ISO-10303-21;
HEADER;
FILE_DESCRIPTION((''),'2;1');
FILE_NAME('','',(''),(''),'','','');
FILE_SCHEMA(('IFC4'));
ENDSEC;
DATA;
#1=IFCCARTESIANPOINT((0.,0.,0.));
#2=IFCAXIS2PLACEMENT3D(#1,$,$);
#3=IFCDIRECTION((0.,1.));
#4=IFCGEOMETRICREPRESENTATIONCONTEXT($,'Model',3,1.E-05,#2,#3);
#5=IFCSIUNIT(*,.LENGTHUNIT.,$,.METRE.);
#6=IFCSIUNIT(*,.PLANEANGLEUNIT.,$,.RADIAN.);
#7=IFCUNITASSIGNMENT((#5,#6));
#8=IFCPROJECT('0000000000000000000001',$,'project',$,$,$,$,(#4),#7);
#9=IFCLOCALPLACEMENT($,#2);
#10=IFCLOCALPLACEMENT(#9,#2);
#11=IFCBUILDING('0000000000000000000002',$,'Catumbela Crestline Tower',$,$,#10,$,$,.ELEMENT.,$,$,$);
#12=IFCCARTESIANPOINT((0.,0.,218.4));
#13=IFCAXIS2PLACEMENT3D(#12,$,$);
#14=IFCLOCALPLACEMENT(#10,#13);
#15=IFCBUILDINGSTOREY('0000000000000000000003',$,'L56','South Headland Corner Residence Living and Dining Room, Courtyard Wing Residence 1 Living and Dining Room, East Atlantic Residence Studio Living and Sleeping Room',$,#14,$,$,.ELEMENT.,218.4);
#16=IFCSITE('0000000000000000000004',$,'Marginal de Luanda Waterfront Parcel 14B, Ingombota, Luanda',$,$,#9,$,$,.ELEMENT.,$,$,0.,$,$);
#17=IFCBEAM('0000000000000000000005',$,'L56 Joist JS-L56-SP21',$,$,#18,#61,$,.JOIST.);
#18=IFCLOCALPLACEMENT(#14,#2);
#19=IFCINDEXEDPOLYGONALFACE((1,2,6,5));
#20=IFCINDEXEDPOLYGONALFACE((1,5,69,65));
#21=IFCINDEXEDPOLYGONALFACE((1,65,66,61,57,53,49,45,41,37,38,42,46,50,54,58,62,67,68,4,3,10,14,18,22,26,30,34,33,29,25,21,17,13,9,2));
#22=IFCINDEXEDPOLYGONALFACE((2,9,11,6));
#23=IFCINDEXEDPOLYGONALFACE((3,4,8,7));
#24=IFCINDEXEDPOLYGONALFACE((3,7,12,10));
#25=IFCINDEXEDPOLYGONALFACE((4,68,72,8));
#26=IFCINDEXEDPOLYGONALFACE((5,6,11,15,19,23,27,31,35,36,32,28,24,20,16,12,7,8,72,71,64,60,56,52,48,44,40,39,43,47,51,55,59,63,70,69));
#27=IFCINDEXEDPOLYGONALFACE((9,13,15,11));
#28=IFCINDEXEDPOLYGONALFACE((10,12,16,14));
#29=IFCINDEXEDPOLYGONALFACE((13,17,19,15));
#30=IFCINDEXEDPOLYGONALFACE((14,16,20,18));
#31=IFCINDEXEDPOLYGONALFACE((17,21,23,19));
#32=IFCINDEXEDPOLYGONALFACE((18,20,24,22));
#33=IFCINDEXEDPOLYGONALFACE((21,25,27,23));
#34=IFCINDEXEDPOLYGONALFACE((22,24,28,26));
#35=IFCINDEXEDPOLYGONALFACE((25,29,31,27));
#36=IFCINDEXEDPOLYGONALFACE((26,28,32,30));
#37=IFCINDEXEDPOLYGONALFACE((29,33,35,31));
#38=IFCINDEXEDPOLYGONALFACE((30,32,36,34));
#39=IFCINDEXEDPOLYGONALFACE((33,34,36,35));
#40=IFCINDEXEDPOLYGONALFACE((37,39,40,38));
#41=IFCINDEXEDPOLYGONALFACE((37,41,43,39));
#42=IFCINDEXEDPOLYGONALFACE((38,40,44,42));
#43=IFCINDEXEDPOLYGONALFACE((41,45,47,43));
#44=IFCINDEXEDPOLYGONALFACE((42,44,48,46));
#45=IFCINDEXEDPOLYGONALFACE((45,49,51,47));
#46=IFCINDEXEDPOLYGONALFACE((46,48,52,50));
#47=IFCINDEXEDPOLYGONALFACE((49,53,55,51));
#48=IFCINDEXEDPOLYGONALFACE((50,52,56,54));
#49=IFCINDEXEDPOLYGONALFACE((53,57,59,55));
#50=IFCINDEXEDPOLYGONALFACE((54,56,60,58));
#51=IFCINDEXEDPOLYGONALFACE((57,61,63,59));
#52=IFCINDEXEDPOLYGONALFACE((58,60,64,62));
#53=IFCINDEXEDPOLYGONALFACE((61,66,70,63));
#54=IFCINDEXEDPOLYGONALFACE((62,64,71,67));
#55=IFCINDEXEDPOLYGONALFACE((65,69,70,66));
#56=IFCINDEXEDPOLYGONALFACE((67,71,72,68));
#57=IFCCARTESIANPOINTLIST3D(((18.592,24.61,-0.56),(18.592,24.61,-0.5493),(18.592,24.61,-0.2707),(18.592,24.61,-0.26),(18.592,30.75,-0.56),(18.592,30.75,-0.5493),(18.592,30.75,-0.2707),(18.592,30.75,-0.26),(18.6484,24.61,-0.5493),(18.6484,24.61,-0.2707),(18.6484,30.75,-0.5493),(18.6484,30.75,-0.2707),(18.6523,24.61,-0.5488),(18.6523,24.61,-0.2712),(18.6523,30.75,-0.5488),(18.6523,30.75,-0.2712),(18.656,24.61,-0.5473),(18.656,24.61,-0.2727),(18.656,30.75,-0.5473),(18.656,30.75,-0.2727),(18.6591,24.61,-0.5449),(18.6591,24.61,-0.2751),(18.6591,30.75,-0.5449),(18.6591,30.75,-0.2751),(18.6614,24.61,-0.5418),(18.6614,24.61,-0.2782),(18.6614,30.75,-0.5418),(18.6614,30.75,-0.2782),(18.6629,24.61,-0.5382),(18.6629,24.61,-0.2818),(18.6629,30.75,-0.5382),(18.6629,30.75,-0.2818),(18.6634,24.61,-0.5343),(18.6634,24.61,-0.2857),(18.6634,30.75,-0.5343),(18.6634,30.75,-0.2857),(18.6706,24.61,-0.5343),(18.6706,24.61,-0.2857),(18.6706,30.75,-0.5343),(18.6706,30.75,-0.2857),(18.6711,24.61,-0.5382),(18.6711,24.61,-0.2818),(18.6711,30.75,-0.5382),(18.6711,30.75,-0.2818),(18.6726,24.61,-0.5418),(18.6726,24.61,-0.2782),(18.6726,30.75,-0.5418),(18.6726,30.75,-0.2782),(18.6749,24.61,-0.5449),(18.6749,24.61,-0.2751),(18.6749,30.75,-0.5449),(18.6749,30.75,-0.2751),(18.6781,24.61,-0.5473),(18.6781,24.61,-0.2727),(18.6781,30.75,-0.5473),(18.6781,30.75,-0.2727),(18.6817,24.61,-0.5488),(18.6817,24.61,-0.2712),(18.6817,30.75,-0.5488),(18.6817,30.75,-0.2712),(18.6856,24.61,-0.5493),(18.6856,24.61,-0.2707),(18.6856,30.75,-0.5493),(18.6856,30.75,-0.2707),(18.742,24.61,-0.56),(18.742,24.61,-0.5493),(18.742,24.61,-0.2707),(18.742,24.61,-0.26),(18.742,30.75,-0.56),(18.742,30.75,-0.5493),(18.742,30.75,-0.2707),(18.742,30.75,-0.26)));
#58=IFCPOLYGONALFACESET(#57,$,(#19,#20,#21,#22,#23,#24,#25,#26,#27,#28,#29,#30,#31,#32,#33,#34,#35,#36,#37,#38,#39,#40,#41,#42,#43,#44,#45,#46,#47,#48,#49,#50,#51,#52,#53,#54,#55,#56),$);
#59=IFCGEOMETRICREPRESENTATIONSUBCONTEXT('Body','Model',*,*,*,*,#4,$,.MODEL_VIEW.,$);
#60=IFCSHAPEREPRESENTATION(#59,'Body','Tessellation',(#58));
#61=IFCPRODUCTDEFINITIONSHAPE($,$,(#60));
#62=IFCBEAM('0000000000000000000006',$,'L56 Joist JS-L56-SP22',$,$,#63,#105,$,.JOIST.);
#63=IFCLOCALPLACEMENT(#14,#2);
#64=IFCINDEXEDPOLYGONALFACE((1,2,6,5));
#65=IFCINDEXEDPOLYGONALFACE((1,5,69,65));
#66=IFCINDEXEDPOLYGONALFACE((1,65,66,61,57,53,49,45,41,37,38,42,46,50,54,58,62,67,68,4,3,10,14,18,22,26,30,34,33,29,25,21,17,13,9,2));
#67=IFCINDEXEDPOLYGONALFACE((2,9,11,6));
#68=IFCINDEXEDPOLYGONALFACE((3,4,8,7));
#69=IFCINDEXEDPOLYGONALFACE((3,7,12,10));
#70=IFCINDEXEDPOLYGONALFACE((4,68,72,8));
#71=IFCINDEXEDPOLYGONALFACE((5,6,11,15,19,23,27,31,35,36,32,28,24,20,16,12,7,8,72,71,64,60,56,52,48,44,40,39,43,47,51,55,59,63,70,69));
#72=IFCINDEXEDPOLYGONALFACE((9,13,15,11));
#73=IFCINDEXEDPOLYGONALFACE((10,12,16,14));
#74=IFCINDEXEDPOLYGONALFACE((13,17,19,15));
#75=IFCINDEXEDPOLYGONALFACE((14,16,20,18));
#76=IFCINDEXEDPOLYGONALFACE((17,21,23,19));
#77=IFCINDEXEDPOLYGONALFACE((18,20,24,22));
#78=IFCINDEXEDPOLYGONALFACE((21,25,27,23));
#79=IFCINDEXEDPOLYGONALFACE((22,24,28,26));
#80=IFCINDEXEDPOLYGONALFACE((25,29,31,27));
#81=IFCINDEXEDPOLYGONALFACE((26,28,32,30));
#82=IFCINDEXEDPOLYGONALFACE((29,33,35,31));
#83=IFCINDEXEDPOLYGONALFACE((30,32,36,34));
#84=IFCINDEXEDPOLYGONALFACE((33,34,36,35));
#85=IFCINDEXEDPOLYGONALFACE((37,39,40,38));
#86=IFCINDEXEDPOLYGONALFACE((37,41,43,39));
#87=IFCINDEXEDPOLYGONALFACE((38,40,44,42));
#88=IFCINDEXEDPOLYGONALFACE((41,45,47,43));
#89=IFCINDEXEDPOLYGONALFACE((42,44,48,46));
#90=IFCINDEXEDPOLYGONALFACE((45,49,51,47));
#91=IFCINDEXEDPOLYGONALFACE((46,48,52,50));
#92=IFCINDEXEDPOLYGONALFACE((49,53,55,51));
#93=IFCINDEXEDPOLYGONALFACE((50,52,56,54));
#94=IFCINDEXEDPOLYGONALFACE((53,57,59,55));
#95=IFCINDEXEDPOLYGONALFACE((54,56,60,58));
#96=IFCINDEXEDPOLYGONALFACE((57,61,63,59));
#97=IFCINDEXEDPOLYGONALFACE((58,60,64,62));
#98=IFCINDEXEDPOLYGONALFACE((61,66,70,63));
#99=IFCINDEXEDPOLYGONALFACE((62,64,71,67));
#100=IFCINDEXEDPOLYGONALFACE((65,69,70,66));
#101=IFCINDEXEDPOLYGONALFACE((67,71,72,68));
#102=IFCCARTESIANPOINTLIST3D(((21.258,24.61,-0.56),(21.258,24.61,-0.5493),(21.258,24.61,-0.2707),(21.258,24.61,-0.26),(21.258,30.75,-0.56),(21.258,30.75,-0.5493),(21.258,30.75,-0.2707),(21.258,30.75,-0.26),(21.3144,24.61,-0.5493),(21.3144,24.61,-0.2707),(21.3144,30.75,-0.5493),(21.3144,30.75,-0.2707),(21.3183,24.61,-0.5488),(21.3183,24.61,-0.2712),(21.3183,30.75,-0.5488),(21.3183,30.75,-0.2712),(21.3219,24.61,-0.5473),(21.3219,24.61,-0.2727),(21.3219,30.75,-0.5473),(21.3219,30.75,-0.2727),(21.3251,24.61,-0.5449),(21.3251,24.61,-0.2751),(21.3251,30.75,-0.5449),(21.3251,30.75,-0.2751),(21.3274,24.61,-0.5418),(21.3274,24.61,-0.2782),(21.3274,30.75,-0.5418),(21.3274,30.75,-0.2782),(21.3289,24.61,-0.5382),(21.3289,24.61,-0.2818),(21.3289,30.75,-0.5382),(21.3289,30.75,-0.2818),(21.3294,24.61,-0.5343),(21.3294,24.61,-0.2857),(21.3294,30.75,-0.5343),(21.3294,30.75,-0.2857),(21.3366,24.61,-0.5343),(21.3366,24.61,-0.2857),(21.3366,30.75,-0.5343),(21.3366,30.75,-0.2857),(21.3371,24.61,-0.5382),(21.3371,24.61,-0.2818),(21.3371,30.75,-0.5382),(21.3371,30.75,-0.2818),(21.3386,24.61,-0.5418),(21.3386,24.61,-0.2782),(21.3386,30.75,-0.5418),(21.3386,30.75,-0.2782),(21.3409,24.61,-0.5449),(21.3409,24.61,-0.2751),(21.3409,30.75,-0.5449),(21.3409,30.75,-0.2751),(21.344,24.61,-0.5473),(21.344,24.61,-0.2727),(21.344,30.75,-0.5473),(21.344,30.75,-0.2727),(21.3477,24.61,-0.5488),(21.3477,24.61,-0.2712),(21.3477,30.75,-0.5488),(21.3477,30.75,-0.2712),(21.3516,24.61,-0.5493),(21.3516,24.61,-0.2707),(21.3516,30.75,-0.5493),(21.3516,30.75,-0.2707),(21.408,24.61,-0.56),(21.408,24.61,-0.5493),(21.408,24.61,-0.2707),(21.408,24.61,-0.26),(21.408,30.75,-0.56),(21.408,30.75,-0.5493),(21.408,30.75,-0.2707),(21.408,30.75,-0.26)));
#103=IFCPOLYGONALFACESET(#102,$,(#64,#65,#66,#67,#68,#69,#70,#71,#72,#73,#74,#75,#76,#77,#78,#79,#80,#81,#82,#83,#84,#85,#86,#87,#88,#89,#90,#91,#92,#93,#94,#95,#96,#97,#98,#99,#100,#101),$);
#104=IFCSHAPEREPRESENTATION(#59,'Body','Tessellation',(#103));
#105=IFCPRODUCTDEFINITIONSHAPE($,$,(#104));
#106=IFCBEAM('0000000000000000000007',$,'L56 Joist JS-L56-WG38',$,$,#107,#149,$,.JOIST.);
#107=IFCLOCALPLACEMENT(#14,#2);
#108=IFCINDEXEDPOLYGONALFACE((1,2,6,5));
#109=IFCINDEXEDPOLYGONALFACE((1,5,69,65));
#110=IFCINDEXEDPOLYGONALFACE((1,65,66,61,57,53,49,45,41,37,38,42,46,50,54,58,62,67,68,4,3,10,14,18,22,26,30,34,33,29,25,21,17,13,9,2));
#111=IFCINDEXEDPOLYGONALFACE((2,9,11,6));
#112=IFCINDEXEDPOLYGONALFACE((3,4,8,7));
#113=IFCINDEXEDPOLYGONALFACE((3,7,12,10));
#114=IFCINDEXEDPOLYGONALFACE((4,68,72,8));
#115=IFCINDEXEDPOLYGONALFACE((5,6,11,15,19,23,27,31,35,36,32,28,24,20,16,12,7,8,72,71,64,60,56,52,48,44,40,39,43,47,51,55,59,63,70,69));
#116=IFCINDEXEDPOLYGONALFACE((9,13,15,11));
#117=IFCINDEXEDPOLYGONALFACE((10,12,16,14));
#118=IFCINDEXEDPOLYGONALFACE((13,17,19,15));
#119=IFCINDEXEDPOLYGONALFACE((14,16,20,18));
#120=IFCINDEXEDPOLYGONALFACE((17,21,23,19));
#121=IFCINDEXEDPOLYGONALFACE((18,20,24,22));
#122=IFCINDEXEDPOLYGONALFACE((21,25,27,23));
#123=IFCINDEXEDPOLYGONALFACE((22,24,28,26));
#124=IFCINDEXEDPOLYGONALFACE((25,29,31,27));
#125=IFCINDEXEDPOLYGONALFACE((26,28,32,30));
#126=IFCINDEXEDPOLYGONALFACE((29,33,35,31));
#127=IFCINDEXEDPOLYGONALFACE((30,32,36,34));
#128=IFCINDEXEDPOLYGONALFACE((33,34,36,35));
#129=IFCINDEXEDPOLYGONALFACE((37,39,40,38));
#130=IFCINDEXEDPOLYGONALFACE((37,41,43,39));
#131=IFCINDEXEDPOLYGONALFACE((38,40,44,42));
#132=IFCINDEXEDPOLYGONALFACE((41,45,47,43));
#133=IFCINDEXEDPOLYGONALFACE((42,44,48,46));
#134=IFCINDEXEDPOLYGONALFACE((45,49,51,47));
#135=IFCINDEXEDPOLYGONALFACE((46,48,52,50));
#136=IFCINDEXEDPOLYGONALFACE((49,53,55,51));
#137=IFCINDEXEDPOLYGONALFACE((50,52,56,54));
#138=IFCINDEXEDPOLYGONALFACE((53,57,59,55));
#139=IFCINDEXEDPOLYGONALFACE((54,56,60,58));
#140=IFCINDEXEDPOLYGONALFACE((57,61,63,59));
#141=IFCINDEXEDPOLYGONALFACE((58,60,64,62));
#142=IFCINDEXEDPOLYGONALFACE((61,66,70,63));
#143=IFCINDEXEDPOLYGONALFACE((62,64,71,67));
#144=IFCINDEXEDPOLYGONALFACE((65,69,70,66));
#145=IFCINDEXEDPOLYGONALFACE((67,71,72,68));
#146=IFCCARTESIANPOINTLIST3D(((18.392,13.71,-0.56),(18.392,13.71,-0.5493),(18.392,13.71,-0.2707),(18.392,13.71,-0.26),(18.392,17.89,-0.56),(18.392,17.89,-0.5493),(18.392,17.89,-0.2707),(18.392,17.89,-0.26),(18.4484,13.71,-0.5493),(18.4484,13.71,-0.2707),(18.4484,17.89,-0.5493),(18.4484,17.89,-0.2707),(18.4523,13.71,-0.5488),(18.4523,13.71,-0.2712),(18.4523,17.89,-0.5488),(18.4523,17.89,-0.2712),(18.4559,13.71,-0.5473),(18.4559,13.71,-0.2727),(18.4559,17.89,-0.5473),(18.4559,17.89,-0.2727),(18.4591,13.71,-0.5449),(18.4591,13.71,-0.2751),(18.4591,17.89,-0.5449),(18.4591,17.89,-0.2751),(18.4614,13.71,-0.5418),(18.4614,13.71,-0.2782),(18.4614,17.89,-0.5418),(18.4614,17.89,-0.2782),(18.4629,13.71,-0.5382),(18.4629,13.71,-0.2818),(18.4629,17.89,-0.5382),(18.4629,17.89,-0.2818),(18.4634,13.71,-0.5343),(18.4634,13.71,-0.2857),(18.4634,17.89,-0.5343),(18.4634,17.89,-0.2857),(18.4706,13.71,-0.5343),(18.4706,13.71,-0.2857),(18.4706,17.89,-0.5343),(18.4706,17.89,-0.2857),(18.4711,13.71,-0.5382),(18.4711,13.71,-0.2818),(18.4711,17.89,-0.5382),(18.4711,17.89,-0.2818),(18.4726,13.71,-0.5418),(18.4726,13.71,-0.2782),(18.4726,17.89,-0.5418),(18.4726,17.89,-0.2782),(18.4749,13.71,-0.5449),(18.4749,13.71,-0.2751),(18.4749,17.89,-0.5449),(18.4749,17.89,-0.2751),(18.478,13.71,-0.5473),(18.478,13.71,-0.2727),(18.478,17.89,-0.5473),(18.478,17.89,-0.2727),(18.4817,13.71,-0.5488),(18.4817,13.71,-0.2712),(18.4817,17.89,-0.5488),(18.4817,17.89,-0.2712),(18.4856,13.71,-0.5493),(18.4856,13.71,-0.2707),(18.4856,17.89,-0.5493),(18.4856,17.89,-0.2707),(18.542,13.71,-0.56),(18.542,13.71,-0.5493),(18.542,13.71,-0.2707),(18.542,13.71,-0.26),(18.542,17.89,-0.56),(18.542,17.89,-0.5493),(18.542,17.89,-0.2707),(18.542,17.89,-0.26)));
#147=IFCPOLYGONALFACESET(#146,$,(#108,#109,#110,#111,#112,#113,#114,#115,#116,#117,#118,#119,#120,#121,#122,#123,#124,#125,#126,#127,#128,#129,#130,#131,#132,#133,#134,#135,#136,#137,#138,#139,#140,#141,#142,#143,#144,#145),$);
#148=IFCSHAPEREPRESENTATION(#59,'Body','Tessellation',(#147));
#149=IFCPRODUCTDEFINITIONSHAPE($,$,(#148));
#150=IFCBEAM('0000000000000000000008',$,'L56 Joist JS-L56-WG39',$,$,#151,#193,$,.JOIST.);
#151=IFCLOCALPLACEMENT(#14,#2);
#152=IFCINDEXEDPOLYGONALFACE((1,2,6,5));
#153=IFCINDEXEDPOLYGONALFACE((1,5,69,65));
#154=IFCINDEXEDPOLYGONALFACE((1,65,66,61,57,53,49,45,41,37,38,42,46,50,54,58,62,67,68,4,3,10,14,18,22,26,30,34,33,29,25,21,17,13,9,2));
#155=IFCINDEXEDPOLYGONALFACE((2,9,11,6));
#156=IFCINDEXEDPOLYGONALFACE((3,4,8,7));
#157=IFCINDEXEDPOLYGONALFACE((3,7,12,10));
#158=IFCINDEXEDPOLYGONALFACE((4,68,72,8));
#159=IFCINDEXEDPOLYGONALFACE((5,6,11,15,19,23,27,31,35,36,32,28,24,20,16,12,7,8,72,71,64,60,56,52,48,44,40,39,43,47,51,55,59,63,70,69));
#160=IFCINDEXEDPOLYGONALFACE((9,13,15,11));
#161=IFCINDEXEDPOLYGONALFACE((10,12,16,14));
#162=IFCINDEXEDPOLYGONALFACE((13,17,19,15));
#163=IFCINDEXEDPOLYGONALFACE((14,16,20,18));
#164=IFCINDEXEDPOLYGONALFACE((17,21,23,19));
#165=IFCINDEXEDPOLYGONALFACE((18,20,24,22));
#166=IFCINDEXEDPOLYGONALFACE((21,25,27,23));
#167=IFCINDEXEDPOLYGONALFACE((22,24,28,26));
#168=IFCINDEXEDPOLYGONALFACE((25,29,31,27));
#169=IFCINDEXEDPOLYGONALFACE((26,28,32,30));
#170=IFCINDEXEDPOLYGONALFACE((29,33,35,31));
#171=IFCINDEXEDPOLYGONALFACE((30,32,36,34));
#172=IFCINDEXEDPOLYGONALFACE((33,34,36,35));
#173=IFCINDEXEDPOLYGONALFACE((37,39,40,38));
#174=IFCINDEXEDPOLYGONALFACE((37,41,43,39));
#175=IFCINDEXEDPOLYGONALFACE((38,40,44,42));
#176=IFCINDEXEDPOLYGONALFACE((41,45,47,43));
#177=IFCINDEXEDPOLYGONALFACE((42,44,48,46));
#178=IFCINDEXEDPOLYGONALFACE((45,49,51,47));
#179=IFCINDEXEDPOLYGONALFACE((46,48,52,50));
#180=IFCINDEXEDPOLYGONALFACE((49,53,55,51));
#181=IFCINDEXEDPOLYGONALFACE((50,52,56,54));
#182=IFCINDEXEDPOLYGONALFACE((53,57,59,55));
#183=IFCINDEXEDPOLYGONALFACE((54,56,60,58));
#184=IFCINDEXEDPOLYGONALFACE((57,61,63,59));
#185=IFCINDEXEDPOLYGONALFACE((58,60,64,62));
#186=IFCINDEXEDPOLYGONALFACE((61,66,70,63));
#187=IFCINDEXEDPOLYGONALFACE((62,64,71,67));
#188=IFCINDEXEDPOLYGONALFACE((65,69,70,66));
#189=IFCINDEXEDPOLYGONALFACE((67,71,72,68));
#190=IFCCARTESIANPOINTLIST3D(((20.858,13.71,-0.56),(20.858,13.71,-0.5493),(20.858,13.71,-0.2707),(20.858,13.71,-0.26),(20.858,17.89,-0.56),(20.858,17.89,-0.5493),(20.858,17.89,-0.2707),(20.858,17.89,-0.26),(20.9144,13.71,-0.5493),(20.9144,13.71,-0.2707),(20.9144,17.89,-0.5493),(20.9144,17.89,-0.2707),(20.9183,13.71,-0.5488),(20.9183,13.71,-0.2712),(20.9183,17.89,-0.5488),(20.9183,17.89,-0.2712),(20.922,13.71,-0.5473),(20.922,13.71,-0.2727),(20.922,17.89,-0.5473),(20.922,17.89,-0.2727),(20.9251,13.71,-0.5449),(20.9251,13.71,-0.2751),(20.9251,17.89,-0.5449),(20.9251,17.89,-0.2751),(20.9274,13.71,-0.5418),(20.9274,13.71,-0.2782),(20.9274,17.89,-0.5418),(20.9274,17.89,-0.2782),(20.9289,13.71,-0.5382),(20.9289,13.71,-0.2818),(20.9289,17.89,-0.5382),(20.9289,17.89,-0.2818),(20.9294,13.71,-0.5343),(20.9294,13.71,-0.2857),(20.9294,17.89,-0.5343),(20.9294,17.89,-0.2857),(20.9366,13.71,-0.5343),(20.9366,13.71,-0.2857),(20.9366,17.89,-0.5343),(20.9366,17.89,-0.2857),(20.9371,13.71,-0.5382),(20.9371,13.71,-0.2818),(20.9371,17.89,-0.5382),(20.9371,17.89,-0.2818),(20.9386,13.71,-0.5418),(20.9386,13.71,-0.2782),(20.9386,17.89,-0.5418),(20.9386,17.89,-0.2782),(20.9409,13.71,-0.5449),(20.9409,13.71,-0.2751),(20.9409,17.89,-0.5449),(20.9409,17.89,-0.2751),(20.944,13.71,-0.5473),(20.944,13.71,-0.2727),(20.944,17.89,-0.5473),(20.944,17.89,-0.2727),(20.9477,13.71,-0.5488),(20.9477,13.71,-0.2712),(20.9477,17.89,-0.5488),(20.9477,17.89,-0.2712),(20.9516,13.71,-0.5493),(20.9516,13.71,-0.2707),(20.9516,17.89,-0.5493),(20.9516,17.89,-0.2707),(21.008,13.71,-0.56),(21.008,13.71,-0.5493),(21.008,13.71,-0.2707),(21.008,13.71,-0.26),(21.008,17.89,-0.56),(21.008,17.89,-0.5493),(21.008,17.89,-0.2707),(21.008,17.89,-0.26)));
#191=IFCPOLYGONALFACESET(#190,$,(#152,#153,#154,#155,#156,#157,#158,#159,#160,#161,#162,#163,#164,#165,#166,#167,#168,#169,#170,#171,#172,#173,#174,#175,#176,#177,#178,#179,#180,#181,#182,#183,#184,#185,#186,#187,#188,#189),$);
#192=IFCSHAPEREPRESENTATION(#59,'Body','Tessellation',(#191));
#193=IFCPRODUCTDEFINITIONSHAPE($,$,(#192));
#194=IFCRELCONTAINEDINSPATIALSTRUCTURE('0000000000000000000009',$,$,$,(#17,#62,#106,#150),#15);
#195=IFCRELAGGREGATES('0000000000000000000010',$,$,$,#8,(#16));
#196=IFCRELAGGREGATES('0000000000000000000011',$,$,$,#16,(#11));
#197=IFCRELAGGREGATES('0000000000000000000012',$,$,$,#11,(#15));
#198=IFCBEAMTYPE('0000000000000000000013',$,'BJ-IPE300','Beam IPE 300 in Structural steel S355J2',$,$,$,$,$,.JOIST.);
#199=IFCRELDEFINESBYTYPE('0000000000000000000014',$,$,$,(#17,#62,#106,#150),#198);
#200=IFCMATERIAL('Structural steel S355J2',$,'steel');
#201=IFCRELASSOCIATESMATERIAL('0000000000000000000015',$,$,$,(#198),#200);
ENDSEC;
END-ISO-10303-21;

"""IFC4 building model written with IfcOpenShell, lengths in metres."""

from ifc_helpers import new_model, si_unit, direction, frame, origin, origin_2d, place, context, subcontext, project, spatial, i_section, extrude, material, material_profile, profile_set, type_object, element, save


model = new_model("IFC4")

# Units and contexts
model_context = context("Model", 3, precision=1e-05, world=origin(), true_north=direction((0.0, 1.0)))
body_context = subcontext(model_context, "Body", "Model", "MODEL_VIEW")
ifc_project = project(units=[si_unit("LENGTHUNIT", "METRE"), si_unit("PLANEANGLEUNIT", "RADIAN")], contexts=[model_context])

# Site, building, storey
site_placement = place(None, origin())
site = spatial("IfcSite", under=ifc_project, at=site_placement, Name="Marginal de Luanda Waterfront Parcel 14B, Ingombota, Luanda", CompositionType="ELEMENT", RefElevation=0.0)
building_placement = place(site_placement, origin())
building = spatial("IfcBuilding", under=site, at=building_placement, Name="Catumbela Crestline Tower", CompositionType="ELEMENT")
storey_placement = place(building_placement, frame((0.0, 0.0, 218.4)))
storey = spatial("IfcBuildingStorey", under=building, at=storey_placement, Name="L56", Description="South Headland Corner Residence Living and Dining Room, Courtyard Wing Residence 1 Living and Dining Room, East Atlantic Residence Studio Living and Sleeping Room", CompositionType="ELEMENT", Elevation=218.4)

# Shared definitions
ifc_material_1 = material(Name="Structural steel S355J2", Category="steel")

# Beams
ifc_material_profile_1 = material_profile(ifc_material_1, i_section(OverallWidth=0.15, OverallDepth=0.3, WebThickness=0.0071, FlangeThickness=0.0107, FilletRadius=0.015, at=origin_2d()), Name="IPE 300")
ifc_profile_set_1 = profile_set([ifc_material_profile_1], Name="Structural steel S355J2")
beam_type_1 = type_object("IfcBeamType", Name="BJ-IPE300", Description="Beam IPE 300 in Structural steel S355J2", PredefinedType="JOIST", material=ifc_profile_set_1)
for number, where, z_axis, x_axis, name in (
    (1, (18.667, 24.61, -0.41), (0.0, 1.0, 0.0), (-1.0, 0.0, 0.0), "L56 Joist JS-L56-SP21"),
    (2, (21.333, 24.61, -0.41), (0.0, 1.0, 0.0), (-1.0, 0.0, 0.0), "L56 Joist JS-L56-SP22"),
):
    element("IfcBeam", number, at=place(storey_placement, frame(where, z_axis=z_axis, x_axis=x_axis)), inside=storey, type_object=beam_type_1, Name=name, PredefinedType="JOIST", context=body_context, shape_type="SweptSolid", body=[
        extrude(i_section(OverallWidth=0.15, OverallDepth=0.3, WebThickness=0.0071, FlangeThickness=0.0107, FilletRadius=0.015, at=origin_2d()), origin(), (0.0, 0.0, 1.0), 6.14),
    ])
for number, where, z_axis, x_axis, name in (
    (3, (18.467, 13.71, -0.41), (0.0, 1.0, 0.0), (-1.0, 0.0, 0.0), "L56 Joist JS-L56-WG38"),
    (4, (20.933, 13.71, -0.41), (0.0, 1.0, 0.0), (-1.0, 0.0, 0.0), "L56 Joist JS-L56-WG39"),
):
    element("IfcBeam", number, at=place(storey_placement, frame(where, z_axis=z_axis, x_axis=x_axis)), inside=storey, type_object=beam_type_1, Name=name, PredefinedType="JOIST", context=body_context, shape_type="SweptSolid", body=[
        extrude(i_section(OverallWidth=0.15, OverallDepth=0.3, WebThickness=0.0071, FlangeThickness=0.0107, FilletRadius=0.015, at=origin_2d()), origin(), (0.0, 0.0, 1.0), 4.18),
    ])

save(model, "model.ifc")
